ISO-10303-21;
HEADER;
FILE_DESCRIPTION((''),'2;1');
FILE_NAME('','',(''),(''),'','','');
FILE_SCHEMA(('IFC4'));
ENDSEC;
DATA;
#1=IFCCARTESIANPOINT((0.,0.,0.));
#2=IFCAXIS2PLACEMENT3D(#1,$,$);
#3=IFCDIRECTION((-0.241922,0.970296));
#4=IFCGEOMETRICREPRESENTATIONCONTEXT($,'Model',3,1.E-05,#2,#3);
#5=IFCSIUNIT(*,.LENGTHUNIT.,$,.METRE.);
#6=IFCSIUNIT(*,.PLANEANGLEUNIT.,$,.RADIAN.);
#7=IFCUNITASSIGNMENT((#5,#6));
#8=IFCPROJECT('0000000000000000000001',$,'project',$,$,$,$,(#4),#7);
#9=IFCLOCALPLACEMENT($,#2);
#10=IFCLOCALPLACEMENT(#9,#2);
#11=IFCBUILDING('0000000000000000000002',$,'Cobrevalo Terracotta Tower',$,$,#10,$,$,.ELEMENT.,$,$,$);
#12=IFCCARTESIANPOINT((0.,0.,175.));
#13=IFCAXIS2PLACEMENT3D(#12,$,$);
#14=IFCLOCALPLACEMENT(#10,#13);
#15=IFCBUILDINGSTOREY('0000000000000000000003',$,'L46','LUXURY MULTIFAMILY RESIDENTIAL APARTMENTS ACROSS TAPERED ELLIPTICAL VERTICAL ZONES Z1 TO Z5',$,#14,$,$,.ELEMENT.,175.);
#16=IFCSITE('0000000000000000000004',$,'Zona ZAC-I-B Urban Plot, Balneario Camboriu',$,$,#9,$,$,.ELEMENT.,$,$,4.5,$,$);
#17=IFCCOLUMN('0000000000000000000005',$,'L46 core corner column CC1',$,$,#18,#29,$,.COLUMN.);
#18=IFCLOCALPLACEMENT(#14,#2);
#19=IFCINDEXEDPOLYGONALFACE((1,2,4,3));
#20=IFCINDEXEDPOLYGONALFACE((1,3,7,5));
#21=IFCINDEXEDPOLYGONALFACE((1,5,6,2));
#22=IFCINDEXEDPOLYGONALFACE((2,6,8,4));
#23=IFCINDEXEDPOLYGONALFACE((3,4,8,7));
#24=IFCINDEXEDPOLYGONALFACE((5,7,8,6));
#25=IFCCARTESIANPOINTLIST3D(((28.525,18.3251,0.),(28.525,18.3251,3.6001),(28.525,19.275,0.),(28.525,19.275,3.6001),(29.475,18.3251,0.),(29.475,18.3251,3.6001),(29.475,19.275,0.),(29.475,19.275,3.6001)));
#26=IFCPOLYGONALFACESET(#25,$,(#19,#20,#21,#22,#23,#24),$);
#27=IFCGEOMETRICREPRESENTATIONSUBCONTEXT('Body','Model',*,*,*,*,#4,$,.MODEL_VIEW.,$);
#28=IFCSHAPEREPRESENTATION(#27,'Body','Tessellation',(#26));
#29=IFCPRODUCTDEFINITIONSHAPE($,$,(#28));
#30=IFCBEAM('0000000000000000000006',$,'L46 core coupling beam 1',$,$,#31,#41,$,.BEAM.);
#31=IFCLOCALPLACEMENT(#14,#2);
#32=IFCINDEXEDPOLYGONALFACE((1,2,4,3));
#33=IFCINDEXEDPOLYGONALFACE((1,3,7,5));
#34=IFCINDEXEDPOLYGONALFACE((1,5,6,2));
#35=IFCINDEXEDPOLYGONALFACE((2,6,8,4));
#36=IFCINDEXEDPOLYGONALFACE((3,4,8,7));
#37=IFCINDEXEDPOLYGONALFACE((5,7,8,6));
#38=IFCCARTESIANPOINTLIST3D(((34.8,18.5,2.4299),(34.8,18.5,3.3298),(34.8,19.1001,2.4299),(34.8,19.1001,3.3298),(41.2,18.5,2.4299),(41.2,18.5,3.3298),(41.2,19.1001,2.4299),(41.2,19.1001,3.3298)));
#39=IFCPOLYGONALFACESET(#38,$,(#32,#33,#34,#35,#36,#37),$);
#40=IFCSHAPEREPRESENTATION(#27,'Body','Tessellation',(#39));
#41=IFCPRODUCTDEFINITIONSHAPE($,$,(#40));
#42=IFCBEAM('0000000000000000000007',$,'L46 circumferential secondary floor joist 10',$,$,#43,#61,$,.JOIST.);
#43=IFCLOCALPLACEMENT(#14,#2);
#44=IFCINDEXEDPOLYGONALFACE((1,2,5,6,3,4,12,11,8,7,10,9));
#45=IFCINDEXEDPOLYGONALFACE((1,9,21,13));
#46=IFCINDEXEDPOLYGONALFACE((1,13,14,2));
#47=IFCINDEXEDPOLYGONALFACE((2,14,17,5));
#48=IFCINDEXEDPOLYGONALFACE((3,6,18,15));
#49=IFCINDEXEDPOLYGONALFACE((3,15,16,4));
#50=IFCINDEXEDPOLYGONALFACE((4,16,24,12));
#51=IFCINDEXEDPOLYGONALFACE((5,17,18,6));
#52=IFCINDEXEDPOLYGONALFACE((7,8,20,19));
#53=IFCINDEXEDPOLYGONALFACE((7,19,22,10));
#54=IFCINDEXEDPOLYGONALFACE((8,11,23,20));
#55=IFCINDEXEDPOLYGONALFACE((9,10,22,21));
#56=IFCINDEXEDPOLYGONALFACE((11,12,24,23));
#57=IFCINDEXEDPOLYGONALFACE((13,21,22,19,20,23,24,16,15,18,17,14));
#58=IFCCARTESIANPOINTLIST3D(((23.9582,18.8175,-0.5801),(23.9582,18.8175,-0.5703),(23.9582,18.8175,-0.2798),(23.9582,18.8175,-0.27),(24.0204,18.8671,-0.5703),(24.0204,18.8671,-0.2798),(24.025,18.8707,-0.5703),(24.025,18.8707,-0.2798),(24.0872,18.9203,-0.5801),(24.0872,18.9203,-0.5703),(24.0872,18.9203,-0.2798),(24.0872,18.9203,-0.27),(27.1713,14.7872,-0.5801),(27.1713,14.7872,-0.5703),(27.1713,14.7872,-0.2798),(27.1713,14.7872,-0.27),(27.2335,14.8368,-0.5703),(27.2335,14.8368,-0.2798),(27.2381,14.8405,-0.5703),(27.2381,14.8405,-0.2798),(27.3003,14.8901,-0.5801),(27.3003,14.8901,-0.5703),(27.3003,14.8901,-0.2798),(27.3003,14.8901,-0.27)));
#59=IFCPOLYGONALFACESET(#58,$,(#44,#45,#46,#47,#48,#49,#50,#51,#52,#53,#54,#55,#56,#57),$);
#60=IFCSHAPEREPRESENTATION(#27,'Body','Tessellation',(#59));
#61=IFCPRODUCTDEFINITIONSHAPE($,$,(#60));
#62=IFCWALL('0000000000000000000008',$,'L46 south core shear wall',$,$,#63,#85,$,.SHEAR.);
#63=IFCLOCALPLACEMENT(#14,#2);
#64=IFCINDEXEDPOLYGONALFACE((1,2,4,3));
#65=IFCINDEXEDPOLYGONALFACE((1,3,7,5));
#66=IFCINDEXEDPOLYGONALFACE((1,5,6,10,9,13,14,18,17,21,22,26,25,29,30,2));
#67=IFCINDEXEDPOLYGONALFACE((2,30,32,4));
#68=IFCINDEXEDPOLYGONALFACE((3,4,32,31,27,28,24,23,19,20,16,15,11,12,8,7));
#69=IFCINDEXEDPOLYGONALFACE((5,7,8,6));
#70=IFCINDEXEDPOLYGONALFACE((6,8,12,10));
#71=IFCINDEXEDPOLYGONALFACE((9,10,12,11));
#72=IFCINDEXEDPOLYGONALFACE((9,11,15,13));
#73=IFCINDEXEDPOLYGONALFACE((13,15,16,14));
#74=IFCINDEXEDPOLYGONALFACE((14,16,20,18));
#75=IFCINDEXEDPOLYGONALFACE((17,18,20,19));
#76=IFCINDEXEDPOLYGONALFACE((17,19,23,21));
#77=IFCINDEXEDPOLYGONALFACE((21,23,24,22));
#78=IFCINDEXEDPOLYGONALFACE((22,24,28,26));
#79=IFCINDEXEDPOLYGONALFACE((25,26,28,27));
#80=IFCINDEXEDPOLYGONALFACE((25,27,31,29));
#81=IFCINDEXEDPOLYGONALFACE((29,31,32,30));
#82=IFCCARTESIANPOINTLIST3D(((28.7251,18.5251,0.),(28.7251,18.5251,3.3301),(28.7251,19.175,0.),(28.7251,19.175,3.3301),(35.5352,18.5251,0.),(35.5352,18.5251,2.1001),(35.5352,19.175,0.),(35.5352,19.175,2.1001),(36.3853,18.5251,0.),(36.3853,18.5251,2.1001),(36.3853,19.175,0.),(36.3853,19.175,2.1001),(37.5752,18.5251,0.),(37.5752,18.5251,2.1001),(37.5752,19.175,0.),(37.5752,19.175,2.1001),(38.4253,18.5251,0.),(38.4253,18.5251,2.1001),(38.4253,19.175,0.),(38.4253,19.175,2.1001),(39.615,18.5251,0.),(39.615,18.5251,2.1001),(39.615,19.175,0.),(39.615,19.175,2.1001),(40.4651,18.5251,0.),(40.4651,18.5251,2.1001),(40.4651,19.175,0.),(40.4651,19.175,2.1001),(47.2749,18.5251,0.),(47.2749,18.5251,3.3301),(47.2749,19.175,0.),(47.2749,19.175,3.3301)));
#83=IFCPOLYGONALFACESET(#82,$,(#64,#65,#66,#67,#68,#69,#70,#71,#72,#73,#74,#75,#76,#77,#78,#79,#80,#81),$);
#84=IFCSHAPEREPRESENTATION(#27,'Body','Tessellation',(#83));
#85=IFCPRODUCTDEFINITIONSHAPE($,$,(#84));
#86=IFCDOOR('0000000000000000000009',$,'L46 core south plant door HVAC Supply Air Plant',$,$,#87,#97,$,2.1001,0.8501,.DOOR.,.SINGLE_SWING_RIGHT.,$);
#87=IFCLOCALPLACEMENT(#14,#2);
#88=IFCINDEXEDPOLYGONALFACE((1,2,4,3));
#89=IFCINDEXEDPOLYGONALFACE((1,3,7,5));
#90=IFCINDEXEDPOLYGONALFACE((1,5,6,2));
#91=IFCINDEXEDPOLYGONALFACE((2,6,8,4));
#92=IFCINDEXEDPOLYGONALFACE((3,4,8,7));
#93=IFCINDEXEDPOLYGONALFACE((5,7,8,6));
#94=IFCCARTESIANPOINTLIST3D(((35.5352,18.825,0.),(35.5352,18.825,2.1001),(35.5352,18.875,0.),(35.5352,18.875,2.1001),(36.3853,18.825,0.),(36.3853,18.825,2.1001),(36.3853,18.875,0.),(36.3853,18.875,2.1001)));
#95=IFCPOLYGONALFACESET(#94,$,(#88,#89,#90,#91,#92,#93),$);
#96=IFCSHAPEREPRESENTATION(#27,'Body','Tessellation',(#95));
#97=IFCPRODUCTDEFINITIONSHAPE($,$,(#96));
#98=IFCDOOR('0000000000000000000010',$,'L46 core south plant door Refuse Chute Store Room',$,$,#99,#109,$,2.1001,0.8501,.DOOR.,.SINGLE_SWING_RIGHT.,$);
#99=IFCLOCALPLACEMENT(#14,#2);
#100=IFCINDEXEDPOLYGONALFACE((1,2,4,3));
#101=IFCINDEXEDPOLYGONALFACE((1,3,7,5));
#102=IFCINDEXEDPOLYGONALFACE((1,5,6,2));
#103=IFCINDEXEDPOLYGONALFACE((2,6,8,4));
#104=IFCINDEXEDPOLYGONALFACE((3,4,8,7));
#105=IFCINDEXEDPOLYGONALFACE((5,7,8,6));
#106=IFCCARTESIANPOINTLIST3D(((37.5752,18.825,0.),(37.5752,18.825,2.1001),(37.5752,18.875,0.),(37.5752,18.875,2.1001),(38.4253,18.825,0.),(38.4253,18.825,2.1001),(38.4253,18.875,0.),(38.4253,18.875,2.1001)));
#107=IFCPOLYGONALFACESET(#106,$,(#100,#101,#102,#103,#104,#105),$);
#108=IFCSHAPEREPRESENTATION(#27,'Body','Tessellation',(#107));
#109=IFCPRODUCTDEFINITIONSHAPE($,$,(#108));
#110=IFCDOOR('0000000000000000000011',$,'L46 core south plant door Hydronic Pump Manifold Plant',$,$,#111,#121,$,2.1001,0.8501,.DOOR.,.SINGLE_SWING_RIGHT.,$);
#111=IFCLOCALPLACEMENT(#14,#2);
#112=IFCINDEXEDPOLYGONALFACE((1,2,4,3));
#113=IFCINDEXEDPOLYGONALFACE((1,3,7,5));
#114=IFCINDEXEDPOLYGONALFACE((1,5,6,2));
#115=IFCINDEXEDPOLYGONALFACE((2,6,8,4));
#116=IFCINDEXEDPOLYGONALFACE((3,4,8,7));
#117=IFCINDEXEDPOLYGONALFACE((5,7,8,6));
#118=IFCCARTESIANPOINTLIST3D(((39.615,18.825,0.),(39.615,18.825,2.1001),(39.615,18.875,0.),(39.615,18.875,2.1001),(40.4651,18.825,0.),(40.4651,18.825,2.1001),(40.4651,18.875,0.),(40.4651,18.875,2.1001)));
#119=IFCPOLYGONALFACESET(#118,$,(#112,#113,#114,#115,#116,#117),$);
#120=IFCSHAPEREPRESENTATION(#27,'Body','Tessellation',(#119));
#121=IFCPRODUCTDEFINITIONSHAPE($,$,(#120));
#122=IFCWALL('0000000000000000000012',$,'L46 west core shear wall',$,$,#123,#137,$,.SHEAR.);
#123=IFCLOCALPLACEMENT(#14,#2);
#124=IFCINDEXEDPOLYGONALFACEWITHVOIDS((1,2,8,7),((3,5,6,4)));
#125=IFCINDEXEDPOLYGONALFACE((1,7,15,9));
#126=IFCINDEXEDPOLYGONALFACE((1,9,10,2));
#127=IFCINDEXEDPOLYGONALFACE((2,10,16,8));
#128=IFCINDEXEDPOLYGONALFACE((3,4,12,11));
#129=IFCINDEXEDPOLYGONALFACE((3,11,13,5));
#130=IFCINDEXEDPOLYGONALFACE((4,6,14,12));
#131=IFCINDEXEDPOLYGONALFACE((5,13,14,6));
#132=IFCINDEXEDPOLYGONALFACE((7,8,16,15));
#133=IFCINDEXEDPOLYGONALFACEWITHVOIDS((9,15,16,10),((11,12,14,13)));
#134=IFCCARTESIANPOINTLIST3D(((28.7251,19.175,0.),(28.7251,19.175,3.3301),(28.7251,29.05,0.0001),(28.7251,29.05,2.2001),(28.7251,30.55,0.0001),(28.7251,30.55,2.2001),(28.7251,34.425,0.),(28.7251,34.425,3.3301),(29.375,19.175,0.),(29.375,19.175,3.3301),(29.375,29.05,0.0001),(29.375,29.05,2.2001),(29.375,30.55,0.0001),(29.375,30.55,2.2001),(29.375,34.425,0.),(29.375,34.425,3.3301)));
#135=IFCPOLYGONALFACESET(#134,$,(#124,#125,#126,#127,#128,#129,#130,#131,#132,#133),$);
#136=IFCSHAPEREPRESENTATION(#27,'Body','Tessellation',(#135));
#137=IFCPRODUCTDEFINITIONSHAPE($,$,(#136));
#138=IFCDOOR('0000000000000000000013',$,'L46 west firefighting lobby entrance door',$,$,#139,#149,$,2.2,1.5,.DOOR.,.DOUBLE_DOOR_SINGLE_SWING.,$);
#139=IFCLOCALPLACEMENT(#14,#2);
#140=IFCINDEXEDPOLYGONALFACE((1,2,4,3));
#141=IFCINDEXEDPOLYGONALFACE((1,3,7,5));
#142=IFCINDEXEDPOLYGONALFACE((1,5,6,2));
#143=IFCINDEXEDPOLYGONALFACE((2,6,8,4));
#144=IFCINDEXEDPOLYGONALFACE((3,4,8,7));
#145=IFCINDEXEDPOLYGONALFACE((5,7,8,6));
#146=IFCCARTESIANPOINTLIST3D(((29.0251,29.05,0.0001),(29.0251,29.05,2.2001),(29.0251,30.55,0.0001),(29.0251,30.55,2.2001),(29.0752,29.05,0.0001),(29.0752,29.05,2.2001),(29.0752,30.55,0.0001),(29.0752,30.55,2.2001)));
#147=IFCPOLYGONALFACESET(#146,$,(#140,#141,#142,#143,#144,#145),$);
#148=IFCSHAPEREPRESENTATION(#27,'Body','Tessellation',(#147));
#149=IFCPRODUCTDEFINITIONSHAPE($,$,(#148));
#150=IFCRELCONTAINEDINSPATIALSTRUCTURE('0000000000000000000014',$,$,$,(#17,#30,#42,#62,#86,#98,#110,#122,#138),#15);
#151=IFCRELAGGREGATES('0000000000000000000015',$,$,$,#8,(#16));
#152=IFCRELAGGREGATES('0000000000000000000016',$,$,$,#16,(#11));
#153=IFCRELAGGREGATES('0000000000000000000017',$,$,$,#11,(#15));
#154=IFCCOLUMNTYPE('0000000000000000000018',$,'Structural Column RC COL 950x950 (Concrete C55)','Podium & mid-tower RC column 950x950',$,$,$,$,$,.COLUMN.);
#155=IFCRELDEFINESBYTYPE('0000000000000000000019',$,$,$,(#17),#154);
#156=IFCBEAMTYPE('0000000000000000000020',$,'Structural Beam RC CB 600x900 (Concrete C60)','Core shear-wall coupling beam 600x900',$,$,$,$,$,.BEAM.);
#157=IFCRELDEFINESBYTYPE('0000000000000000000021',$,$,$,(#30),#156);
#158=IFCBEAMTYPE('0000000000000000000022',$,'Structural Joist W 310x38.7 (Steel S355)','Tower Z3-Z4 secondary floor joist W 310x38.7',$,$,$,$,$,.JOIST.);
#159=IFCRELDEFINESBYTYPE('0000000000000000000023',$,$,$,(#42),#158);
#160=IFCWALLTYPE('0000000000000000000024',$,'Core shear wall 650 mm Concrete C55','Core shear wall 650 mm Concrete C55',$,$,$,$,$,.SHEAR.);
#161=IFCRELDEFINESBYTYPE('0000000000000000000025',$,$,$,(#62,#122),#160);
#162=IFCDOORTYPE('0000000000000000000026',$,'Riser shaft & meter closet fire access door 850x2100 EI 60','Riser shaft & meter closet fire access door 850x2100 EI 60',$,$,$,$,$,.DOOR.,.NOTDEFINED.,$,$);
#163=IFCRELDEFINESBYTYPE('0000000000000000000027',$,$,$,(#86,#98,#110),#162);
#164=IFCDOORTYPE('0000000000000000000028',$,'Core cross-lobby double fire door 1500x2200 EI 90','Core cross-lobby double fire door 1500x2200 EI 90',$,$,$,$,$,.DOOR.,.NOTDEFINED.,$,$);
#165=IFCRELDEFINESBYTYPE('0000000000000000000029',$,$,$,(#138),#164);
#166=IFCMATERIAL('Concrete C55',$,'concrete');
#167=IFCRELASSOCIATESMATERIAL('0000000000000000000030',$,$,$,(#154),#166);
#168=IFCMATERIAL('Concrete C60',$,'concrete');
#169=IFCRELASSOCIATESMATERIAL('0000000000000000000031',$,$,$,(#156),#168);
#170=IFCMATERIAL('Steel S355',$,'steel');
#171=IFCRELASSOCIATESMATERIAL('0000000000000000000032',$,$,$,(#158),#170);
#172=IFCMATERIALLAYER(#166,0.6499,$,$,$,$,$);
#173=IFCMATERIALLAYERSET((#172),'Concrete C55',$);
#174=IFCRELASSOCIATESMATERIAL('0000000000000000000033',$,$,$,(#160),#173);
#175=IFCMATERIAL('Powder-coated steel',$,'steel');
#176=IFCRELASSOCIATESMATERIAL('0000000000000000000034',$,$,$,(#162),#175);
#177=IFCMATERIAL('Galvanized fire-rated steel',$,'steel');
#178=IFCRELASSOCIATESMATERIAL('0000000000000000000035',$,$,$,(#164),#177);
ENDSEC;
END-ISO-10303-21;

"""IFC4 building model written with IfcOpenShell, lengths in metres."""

from ifc_helpers import new_model, si_unit, direction, frame, frame_2d, origin, origin_2d, place, context, subcontext, project, spatial, rectangle, i_section, extrude, source, transform, mapped, material, layer, layer_set, material_profile, profile_set, type_object, element, fill, save


model = new_model("IFC4")

# Units and contexts
model_context = context("Model", 3, precision=1e-05, world=origin(), true_north=direction((-0.241922, 0.970296)))
body_context = subcontext(model_context, "Body", "Model", "MODEL_VIEW")
ifc_project = project(units=[si_unit("LENGTHUNIT", "METRE"), si_unit("PLANEANGLEUNIT", "RADIAN")], contexts=[model_context])

# Site, building, storey
site_placement = place(None, origin())
site = spatial("IfcSite", under=ifc_project, at=site_placement, Name="Zona ZAC-I-B Urban Plot, Balneario Camboriu", CompositionType="ELEMENT", RefElevation=4.5)
building_placement = place(site_placement, origin())
building = spatial("IfcBuilding", under=site, at=building_placement, Name="Cobrevalo Terracotta Tower", CompositionType="ELEMENT")
storey_placement = place(building_placement, frame((0.0, 0.0, 175.0)))
storey = spatial("IfcBuildingStorey", under=building, at=storey_placement, Name="L46", Description="LUXURY MULTIFAMILY RESIDENTIAL APARTMENTS ACROSS TAPERED ELLIPTICAL VERTICAL ZONES Z1 TO Z5", CompositionType="ELEMENT", Elevation=175.0)

# Column
ifc_material_1 = material(Name="Concrete C55", Category="concrete")
ifc_material_profile_1 = material_profile(ifc_material_1, rectangle(XDim=0.95, YDim=0.95, at=origin_2d()), Name="RC COL 950x950")
ifc_profile_set_1 = profile_set([ifc_material_profile_1], Name="Concrete C55")
column_type = type_object("IfcColumnType", Name="Structural Column RC COL 950x950 (Concrete C55)", Description="Podium & mid-tower RC column 950x950", PredefinedType="COLUMN", material=ifc_profile_set_1)
column_placement = place(storey_placement, frame((29.0, 18.8, 0.0), z_axis=(0.0, 0.0, 1.0), x_axis=(1.0, 0.0, 0.0)))
element("IfcColumn", 1, at=column_placement, inside=storey, type_object=column_type, Name="L46 core corner column CC1", PredefinedType="COLUMN", context=body_context, shape_type="SweptSolid", body=[
    extrude(rectangle(XDim=0.95, YDim=0.95, at=origin_2d()), origin(), (0.0, 0.0, 1.0), 3.6001),
])

# Beams
ifc_material_2 = material(Name="Concrete C60", Category="concrete")
ifc_material_profile_2 = material_profile(ifc_material_2, rectangle(XDim=0.6001, YDim=0.8999, at=origin_2d()), Name="RC CB 600x900")
ifc_profile_set_2 = profile_set([ifc_material_profile_2], Name="Concrete C60")
beam_type_1 = type_object("IfcBeamType", Name="Structural Beam RC CB 600x900 (Concrete C60)", Description="Core shear-wall coupling beam 600x900", PredefinedType="BEAM", material=ifc_profile_set_2)
beam_1_placement = place(storey_placement, frame((34.8, 18.8, 2.8799), z_axis=(1.0, 0.0, 0.0), x_axis=(0.0, 1.0, 0.0)))
element("IfcBeam", 2, at=beam_1_placement, inside=storey, type_object=beam_type_1, Name="L46 core coupling beam 1", PredefinedType="BEAM", context=body_context, shape_type="SweptSolid", body=[
    extrude(rectangle(XDim=0.6001, YDim=0.8999, at=origin_2d()), origin(), (0.0, 0.0, 1.0), 6.3999),
])
ifc_material_3 = material(Name="Steel S355", Category="steel")
ifc_material_profile_3 = material_profile(ifc_material_3, i_section(OverallWidth=0.165, OverallDepth=0.3101, WebThickness=0.0059, FlangeThickness=0.0098, at=origin_2d()), Name="W 310x38.7")
ifc_profile_set_3 = profile_set([ifc_material_profile_3], Name="Steel S355")
beam_type_2 = type_object("IfcBeamType", Name="Structural Joist W 310x38.7 (Steel S355)", Description="Tower Z3-Z4 secondary floor joist W 310x38.7", PredefinedType="JOIST", material=ifc_profile_set_3)
beam_2_placement = place(storey_placement, frame((24.0227, 18.8689, -0.425), z_axis=(0.623383, -0.781917, 0.0), x_axis=(0.781917, 0.623383, 0.0)))
element("IfcBeam", 3, at=beam_2_placement, inside=storey, type_object=beam_type_2, Name="L46 circumferential secondary floor joist 10", PredefinedType="JOIST", context=body_context, shape_type="SweptSolid", body=[
    extrude(i_section(OverallWidth=0.165, OverallDepth=0.3101, WebThickness=0.0059, FlangeThickness=0.0098, at=origin_2d()), origin(), (0.0, 0.0, 1.0), 5.1543),
])

# Wall, openings, doors
ifc_layer_1 = layer(ifc_material_1, 0.6499)
ifc_layer_set_1 = layer_set([ifc_layer_1], Name="Concrete C55")
wall_type_1 = type_object("IfcWallType", Name="Core shear wall 650 mm Concrete C55", Description="Core shear wall 650 mm Concrete C55", PredefinedType="SHEAR", material=ifc_layer_set_1)
wall_1_placement = place(storey_placement, frame((28.7251, 18.8501, 0.0), z_axis=(0.0, 0.0, 1.0), x_axis=(1.0, 0.0, 0.0)))
wall_1 = element("IfcWall", 4, at=wall_1_placement, inside=storey, type_object=wall_type_1, Name="L46 south core shear wall", PredefinedType="SHEAR", context=body_context, shape_type="SweptSolid", body=[
    extrude(rectangle(XDim=18.5498, YDim=0.6499, at=frame_2d((9.2749, 0.0))), origin(), (0.0, 0.0, 1.0), 3.3301),
])
opening_1_placement = place(wall_1_placement, frame((6.8101, 0.0, 0.0)))
opening_1 = element("IfcOpeningElement", 5, at=opening_1_placement, cuts=wall_1, PredefinedType="OPENING", context=body_context, shape_type="SweptSolid", body=[
    extrude(rectangle(XDim=0.8501, YDim=2.1001, at=frame_2d((0.425, 1.05))), frame((0.0, 0.335, 0.0), z_axis=(0.0, -1.0, 0.0), x_axis=(1.0, 0.0, 0.0)), (0.0, 0.0, 1.0), 0.6699),
])
opening_2_placement = place(wall_1_placement, frame((8.8501, 0.0, 0.0)))
opening_2 = element("IfcOpeningElement", 6, at=opening_2_placement, cuts=wall_1, PredefinedType="OPENING", context=body_context, shape_type="SweptSolid", body=[
    extrude(rectangle(XDim=0.8501, YDim=2.1001, at=frame_2d((0.425, 1.05))), frame((0.0, 0.335, 0.0), z_axis=(0.0, -1.0, 0.0), x_axis=(1.0, 0.0, 0.0)), (0.0, 0.0, 1.0), 0.6699),
])
opening_3_placement = place(wall_1_placement, frame((10.8899, 0.0, 0.0)))
opening_3 = element("IfcOpeningElement", 7, at=opening_3_placement, cuts=wall_1, PredefinedType="OPENING", context=body_context, shape_type="SweptSolid", body=[
    extrude(rectangle(XDim=0.8501, YDim=2.1001, at=frame_2d((0.425, 1.05))), frame((0.0, 0.335, 0.0), z_axis=(0.0, -1.0, 0.0), x_axis=(1.0, 0.0, 0.0)), (0.0, 0.0, 1.0), 0.6699),
])
ifc_material_4 = material(Name="Powder-coated steel", Category="steel")
door_type_1 = type_object("IfcDoorType", Name="Riser shaft & meter closet fire access door 850x2100 EI 60", Description="Riser shaft & meter closet fire access door 850x2100 EI 60", OperationType="NOTDEFINED", PredefinedType="DOOR", material=ifc_material_4)
shared_shape_1 = source(origin(), body_context, "Body", "SweptSolid", [
    extrude(rectangle(XDim=0.8501, YDim=2.1001, at=frame_2d((0.425, 1.05))), frame((0.0, 0.0249, 0.0), z_axis=(0.0, -1.0, 0.0), x_axis=(1.0, 0.0, 0.0)), (0.0, 0.0, 1.0), 0.05),
])
door_1_placement = place(opening_1_placement, origin())
door_1 = element("IfcDoor", 8, at=door_1_placement, inside=storey, type_object=door_type_1, Name="L46 core south plant door HVAC Supply Air Plant", OperationType="SINGLE_SWING_RIGHT", OverallHeight=2.1001, OverallWidth=0.8501, PredefinedType="DOOR", context=body_context, shape_type="MappedRepresentation", body=[
    mapped(shared_shape_1, transform((0.0, 0.0, 0.0), scale=1.0)),
])
fill(opening_1, door_1)
door_2_placement = place(opening_2_placement, origin())
door_2 = element("IfcDoor", 9, at=door_2_placement, inside=storey, type_object=door_type_1, Name="L46 core south plant door Refuse Chute Store Room", OperationType="SINGLE_SWING_RIGHT", OverallHeight=2.1001, OverallWidth=0.8501, PredefinedType="DOOR", context=body_context, shape_type="MappedRepresentation", body=[
    mapped(shared_shape_1, transform((0.0, 0.0, 0.0), scale=1.0)),
])
fill(opening_2, door_2)
door_3_placement = place(opening_3_placement, origin())
door_3 = element("IfcDoor", 10, at=door_3_placement, inside=storey, type_object=door_type_1, Name="L46 core south plant door Hydronic Pump Manifold Plant", OperationType="SINGLE_SWING_RIGHT", OverallHeight=2.1001, OverallWidth=0.8501, PredefinedType="DOOR", context=body_context, shape_type="MappedRepresentation", body=[
    mapped(shared_shape_1, transform((0.0, 0.0, 0.0), scale=1.0)),
])
fill(opening_3, door_3)

# Wall, opening, door
wall_2_placement = place(storey_placement, frame((29.05, 19.175, 0.0), z_axis=(0.0, 0.0, 1.0), x_axis=(0.0, 1.0, 0.0)))
wall_2 = element("IfcWall", 11, at=wall_2_placement, inside=storey, type_object=wall_type_1, Name="L46 west core shear wall", PredefinedType="SHEAR", context=body_context, shape_type="SweptSolid", body=[
    extrude(rectangle(XDim=15.25, YDim=0.6499, at=frame_2d((7.625, 0.0))), origin(), (0.0, 0.0, 1.0), 3.3301),
])
opening_4_placement = place(wall_2_placement, frame((9.875, 0.0, 0.0)))
opening_4 = element("IfcOpeningElement", 12, at=opening_4_placement, cuts=wall_2, PredefinedType="OPENING", context=body_context, shape_type="SweptSolid", body=[
    extrude(rectangle(XDim=1.5, YDim=2.2, at=frame_2d((0.75, 1.1001))), frame((0.0, 0.335, 0.0), z_axis=(0.0, -1.0, 0.0), x_axis=(1.0, 0.0, 0.0)), (0.0, 0.0, 1.0), 0.6699),
])
ifc_material_5 = material(Name="Galvanized fire-rated steel", Category="steel")
door_type_2 = type_object("IfcDoorType", Name="Core cross-lobby double fire door 1500x2200 EI 90", Description="Core cross-lobby double fire door 1500x2200 EI 90", OperationType="NOTDEFINED", PredefinedType="DOOR", material=ifc_material_5)
shared_shape_2 = source(origin(), body_context, "Body", "SweptSolid", [
    extrude(rectangle(XDim=1.5, YDim=2.2, at=frame_2d((0.75, 1.1001))), frame((0.0, 0.0249, 0.0), z_axis=(0.0, -1.0, 0.0), x_axis=(1.0, 0.0, 0.0)), (0.0, 0.0, 1.0), 0.05),
])
door_4_placement = place(opening_4_placement, origin())
door_4 = element("IfcDoor", 13, at=door_4_placement, inside=storey, type_object=door_type_2, Name="L46 west firefighting lobby entrance door", OperationType="DOUBLE_DOOR_SINGLE_SWING", OverallHeight=2.2, OverallWidth=1.5, PredefinedType="DOOR", context=body_context, shape_type="MappedRepresentation", body=[
    mapped(shared_shape_2, transform((0.0, 0.0, 0.0), scale=1.0)),
])
fill(opening_4, door_4)

save(model, "model.ifc")
